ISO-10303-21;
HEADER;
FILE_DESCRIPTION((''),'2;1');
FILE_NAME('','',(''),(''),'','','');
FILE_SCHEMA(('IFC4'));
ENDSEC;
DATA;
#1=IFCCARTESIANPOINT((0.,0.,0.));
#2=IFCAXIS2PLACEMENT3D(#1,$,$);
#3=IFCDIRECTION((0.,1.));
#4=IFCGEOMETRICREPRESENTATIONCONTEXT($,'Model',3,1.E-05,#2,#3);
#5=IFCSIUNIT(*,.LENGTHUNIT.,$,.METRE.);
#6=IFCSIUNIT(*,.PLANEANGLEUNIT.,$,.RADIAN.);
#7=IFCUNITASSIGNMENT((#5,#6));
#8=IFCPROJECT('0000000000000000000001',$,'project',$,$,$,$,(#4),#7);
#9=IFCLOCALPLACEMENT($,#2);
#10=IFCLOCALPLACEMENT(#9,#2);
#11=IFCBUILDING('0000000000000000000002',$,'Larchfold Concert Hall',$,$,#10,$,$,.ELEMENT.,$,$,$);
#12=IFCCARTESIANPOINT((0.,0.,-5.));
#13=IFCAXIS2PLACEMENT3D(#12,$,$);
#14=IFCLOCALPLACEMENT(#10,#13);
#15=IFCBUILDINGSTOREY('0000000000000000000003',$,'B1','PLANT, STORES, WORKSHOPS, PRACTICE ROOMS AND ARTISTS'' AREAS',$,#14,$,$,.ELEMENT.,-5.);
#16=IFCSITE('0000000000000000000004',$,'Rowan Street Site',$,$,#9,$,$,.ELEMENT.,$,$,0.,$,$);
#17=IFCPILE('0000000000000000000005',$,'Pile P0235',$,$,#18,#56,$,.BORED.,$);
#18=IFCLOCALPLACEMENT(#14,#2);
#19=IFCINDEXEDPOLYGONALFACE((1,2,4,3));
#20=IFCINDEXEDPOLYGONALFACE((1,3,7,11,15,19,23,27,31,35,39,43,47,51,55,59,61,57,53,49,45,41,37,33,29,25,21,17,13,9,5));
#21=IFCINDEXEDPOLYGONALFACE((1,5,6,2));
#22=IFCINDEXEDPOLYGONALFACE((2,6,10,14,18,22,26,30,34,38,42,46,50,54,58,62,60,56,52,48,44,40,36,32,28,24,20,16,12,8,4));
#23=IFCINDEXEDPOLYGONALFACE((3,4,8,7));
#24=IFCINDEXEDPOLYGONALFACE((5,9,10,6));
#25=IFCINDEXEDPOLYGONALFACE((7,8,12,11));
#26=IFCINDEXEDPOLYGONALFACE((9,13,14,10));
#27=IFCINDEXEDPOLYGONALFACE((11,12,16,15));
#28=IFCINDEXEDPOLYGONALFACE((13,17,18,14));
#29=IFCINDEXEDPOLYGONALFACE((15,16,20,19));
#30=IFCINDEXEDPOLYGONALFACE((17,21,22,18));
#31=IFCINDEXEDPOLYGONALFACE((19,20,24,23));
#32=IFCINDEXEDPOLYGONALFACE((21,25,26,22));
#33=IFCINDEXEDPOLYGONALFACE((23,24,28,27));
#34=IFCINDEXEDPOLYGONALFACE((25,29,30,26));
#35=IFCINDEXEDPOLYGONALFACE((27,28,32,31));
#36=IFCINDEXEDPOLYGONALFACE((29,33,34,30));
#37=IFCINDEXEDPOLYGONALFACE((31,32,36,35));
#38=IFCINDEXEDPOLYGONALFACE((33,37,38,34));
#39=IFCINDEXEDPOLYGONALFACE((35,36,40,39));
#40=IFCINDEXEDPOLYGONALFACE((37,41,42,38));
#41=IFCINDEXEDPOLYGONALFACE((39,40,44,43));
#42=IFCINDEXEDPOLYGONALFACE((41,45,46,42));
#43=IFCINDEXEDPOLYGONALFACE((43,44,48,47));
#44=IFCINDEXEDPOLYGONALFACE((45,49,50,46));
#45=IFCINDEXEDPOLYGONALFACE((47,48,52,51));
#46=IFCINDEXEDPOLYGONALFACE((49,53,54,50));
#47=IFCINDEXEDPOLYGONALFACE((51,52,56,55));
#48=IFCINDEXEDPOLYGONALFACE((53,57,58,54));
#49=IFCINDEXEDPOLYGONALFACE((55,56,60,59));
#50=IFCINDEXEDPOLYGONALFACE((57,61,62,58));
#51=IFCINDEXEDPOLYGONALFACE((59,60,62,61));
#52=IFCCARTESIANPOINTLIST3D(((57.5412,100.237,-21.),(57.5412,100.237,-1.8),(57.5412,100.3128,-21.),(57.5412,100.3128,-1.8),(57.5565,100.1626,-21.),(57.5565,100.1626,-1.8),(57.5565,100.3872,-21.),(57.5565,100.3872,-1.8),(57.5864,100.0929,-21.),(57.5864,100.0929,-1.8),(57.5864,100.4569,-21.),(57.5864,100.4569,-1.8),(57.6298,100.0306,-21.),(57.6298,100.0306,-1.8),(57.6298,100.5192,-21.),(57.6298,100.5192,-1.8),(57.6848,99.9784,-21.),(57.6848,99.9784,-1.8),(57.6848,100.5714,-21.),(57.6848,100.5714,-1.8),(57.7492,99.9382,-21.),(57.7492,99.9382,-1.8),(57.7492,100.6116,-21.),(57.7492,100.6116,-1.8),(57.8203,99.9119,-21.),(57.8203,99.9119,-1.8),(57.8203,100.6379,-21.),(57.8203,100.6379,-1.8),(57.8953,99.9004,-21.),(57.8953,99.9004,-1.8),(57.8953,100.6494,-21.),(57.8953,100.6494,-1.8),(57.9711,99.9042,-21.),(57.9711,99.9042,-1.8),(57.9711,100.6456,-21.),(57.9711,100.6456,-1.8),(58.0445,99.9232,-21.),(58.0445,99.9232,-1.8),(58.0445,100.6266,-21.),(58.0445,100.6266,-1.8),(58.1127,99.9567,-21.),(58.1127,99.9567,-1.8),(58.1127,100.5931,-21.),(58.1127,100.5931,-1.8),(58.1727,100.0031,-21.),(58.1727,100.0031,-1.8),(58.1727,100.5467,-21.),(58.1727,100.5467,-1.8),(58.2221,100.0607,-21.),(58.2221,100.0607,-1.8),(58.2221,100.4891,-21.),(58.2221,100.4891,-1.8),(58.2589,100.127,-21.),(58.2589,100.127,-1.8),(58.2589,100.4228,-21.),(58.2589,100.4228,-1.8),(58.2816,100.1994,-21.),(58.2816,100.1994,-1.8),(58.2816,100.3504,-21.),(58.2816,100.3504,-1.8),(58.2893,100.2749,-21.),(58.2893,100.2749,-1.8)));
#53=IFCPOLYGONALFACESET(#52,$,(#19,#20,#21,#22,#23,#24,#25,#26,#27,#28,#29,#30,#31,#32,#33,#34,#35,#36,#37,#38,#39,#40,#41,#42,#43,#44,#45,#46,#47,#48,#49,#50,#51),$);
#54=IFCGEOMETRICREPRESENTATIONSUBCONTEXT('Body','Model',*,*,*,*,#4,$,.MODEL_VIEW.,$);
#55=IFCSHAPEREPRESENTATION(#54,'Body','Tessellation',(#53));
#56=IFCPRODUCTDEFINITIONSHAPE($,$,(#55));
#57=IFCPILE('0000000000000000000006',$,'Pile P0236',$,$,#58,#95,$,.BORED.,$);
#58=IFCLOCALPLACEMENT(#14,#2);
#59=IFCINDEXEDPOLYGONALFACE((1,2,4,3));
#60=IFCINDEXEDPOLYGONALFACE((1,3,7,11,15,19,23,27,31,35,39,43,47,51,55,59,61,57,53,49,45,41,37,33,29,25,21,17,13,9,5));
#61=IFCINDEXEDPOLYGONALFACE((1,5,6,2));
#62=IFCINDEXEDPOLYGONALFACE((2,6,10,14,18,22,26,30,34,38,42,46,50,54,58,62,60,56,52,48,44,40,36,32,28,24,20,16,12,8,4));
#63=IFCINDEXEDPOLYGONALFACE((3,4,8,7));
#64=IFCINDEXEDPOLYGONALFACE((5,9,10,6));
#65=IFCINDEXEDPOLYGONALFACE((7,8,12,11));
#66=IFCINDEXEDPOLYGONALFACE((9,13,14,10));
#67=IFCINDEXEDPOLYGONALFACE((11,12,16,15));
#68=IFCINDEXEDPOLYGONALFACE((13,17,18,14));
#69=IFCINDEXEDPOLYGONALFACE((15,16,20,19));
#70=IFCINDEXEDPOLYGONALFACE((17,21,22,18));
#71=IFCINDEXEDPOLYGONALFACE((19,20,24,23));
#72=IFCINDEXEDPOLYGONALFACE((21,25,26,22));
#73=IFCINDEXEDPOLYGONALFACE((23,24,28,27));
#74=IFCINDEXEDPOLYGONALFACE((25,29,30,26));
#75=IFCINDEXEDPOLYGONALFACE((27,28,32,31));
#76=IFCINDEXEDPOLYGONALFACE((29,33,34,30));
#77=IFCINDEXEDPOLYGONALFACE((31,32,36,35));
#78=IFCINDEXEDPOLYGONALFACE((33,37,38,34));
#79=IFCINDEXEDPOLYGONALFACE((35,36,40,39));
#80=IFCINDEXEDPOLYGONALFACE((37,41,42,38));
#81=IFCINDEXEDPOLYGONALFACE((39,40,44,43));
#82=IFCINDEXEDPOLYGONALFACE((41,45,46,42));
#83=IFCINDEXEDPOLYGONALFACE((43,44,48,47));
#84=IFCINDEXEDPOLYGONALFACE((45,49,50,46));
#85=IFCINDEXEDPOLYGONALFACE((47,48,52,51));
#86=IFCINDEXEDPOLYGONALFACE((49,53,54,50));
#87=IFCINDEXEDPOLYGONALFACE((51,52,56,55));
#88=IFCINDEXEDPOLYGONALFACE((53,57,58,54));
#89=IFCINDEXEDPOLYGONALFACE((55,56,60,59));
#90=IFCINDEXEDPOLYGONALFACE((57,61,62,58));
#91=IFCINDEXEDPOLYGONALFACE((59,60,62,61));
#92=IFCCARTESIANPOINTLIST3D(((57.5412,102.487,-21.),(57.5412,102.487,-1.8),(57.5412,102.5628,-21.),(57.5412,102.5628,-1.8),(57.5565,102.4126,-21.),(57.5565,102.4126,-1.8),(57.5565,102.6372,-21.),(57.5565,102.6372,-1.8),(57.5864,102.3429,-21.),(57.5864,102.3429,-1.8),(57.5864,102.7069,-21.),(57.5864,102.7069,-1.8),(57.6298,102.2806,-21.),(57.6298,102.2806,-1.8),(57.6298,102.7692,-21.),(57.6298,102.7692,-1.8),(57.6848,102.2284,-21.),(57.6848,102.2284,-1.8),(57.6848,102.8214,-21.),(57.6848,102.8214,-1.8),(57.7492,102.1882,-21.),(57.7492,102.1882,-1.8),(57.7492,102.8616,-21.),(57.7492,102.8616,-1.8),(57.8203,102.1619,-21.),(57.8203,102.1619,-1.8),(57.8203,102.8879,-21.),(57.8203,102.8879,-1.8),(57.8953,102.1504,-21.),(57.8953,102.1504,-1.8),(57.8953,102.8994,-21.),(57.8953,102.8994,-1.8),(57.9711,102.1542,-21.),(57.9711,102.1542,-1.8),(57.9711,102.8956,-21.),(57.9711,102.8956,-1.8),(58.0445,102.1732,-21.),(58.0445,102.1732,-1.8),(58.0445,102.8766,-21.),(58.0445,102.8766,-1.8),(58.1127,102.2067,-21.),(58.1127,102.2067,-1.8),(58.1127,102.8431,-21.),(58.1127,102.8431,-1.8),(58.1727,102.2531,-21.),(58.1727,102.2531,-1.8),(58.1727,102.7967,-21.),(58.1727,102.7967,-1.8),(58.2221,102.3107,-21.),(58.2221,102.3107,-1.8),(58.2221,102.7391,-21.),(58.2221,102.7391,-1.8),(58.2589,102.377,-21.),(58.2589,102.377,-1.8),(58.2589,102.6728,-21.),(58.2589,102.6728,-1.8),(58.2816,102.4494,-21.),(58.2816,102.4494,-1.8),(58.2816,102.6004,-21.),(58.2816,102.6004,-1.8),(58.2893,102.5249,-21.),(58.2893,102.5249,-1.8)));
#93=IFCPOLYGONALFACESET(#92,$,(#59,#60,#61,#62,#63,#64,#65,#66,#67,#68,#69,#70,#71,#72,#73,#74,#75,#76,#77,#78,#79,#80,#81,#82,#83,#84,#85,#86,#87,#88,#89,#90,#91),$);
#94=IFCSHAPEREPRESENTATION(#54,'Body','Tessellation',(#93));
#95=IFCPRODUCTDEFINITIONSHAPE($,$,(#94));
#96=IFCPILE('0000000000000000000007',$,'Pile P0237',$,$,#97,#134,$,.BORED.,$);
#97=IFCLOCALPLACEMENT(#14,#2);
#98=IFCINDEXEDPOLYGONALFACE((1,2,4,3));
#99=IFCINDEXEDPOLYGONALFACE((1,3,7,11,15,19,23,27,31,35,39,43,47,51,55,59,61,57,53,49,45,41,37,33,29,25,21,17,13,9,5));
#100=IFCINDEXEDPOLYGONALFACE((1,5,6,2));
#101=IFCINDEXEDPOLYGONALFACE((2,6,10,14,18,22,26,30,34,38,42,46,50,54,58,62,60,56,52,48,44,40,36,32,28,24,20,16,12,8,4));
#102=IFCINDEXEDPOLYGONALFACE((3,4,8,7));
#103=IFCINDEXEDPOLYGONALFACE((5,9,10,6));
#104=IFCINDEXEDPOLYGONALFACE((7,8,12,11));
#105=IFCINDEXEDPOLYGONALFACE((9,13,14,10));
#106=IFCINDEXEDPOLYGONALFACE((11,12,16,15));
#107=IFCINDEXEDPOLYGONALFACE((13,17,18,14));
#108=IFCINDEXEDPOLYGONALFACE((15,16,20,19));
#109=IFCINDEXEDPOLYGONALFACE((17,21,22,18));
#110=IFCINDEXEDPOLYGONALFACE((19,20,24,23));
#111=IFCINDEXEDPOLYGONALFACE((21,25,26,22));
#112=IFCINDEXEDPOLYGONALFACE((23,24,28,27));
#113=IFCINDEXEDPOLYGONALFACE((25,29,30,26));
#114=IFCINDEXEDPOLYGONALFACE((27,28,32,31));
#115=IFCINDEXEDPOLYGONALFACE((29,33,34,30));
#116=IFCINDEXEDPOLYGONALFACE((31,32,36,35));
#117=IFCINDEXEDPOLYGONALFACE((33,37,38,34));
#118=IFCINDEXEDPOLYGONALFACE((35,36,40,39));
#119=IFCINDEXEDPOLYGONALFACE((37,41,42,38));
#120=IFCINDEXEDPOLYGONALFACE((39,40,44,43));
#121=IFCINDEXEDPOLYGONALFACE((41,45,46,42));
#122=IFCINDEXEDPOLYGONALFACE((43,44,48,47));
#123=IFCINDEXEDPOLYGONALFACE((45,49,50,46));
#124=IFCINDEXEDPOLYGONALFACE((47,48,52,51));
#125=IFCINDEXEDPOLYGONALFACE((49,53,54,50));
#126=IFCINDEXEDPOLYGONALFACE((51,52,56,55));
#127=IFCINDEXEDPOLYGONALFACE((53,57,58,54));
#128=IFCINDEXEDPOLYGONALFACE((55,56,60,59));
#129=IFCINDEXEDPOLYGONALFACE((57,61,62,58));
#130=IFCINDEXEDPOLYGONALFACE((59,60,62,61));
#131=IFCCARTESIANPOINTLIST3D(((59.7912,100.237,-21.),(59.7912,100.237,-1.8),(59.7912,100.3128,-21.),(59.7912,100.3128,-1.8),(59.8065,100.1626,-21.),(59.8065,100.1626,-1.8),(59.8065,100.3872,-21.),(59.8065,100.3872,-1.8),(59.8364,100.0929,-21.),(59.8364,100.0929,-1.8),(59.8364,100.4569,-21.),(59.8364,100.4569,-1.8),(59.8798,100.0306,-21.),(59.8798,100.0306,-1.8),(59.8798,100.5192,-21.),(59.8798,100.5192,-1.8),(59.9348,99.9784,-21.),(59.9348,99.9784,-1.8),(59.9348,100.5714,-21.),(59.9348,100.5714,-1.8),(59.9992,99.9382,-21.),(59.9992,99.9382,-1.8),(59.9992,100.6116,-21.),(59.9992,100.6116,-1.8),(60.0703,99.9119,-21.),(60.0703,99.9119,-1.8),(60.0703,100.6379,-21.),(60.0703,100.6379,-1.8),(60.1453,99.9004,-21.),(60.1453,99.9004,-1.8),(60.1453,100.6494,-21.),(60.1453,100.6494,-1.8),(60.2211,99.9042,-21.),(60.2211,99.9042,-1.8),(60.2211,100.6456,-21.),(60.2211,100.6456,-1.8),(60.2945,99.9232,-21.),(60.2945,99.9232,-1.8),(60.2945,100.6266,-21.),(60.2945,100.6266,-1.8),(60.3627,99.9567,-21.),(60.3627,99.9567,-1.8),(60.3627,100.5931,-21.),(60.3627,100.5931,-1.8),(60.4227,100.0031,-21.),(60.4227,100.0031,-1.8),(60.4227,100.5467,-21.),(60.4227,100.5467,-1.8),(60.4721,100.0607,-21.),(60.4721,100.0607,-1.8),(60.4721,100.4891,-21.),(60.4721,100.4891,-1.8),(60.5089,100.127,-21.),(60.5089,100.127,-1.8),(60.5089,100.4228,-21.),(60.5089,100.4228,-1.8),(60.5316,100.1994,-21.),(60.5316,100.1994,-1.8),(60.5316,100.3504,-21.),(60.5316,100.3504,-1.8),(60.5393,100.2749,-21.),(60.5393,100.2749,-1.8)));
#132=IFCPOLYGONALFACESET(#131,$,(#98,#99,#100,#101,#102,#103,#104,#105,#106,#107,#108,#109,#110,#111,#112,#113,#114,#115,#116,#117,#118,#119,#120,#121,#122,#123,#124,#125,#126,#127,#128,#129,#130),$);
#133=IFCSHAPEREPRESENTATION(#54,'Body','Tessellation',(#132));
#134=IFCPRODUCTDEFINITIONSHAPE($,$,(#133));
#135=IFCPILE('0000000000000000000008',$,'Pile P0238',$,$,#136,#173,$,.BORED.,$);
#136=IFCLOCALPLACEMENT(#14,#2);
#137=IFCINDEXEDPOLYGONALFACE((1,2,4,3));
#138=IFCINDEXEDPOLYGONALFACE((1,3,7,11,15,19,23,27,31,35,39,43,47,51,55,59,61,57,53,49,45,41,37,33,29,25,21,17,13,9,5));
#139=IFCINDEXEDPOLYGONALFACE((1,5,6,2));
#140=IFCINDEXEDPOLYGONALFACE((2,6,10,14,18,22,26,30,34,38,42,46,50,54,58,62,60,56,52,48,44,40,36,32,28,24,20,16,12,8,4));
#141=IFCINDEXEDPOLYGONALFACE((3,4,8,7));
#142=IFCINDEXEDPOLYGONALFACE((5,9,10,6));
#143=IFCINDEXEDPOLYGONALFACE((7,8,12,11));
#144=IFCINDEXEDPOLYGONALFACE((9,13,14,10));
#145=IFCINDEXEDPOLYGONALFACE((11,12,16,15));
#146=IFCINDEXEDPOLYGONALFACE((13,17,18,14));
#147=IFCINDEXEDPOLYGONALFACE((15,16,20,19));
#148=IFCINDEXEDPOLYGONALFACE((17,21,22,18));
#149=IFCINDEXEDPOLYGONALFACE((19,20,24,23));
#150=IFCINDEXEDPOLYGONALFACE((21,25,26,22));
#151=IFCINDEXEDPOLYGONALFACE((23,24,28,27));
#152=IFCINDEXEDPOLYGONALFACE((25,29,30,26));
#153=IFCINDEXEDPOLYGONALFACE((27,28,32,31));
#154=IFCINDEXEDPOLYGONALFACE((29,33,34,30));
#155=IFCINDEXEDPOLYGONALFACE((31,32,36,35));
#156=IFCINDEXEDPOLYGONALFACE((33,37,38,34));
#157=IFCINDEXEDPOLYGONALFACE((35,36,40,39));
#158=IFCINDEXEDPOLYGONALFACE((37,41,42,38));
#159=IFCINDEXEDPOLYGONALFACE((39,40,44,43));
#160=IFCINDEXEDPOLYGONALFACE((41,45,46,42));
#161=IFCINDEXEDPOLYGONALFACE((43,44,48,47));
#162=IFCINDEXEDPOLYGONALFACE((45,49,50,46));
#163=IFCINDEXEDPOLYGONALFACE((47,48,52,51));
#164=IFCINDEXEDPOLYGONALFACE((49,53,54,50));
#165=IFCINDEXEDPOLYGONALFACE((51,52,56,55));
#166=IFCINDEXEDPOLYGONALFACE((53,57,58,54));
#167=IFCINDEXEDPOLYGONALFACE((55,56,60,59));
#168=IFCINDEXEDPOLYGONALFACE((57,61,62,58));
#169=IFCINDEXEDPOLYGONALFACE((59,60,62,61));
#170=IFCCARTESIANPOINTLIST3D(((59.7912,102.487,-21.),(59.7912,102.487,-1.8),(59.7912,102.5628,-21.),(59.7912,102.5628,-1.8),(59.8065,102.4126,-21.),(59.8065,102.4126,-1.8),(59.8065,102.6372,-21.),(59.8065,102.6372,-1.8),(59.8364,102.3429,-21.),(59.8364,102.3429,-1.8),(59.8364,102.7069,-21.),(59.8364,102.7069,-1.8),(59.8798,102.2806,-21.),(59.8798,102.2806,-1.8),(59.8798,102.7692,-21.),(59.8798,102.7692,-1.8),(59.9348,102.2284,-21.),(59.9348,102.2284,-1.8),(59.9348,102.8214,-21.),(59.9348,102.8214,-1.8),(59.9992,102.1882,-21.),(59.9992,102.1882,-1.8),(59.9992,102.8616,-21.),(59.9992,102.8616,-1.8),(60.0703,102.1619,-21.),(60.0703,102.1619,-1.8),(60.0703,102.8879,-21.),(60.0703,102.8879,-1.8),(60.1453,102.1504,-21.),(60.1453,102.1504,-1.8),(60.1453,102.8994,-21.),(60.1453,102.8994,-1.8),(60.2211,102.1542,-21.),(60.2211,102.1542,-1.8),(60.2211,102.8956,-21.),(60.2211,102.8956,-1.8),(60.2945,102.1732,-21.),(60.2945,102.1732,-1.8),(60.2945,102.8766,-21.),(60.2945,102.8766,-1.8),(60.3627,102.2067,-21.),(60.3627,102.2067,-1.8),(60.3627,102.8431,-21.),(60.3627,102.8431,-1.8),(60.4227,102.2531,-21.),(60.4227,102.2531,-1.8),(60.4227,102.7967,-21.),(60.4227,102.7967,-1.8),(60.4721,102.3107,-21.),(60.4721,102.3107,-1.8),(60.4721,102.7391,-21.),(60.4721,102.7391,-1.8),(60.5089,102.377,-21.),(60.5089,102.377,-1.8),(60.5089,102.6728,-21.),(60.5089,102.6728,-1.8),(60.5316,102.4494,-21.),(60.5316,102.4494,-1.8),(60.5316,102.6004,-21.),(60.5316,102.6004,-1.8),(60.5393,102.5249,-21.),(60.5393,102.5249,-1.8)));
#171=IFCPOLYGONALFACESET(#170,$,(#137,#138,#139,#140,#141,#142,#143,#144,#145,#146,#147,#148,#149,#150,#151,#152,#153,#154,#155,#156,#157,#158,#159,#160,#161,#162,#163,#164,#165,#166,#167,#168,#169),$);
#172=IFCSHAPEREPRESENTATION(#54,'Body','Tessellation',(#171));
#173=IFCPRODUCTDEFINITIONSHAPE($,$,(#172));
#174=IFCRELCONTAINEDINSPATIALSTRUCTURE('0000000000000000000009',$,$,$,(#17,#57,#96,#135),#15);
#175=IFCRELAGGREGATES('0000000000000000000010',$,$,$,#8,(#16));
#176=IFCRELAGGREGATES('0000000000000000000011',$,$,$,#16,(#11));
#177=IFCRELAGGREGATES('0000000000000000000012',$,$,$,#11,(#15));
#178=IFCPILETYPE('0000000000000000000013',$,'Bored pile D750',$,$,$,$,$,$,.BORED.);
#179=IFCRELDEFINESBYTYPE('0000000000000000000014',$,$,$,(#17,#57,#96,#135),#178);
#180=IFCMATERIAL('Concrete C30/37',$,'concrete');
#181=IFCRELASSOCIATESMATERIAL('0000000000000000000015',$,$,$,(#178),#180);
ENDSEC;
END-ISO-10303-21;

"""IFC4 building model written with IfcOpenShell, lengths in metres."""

from ifc_helpers import new_model, si_unit, direction, frame, origin, origin_2d, place, context, subcontext, project, spatial, circle, extrude, material, material_profile, profile_set, type_object, element, save


model = new_model("IFC4")

# Units and contexts
model_context = context("Model", 3, precision=1e-05, world=origin(), true_north=direction((0.0, 1.0)))
body_context = subcontext(model_context, "Body", "Model", "MODEL_VIEW")
ifc_project = project(units=[si_unit("LENGTHUNIT", "METRE"), si_unit("PLANEANGLEUNIT", "RADIAN")], contexts=[model_context])

# Site, building, storey
site_placement = place(None, origin())
site = spatial("IfcSite", under=ifc_project, at=site_placement, Name="Rowan Street Site", CompositionType="ELEMENT", RefElevation=0.0)
building_placement = place(site_placement, origin())
building = spatial("IfcBuilding", under=site, at=building_placement, Name="Larchfold Concert Hall", CompositionType="ELEMENT")
storey_placement = place(building_placement, frame((0.0, 0.0, -5.0)))
storey = spatial("IfcBuildingStorey", under=building, at=storey_placement, Name="B1", Description="PLANT, STORES, WORKSHOPS, PRACTICE ROOMS AND ARTISTS' AREAS", CompositionType="ELEMENT", Elevation=-5.0)

# Piles
ifc_material_1 = material(Name="Concrete C30/37", Category="concrete")
ifc_material_profile_1 = material_profile(ifc_material_1, circle(Radius=0.375, at=origin_2d()))
ifc_profile_set_1 = profile_set([ifc_material_profile_1], Name="Concrete C30/37")
pile_type_1 = type_object("IfcPileType", Name="Bored pile D750", PredefinedType="BORED", material=ifc_profile_set_1)
for number, where, z_axis, x_axis, name in (
    (1, (57.9143, 100.2749, -1.8), (0.0, 0.0, -1.0), (1.0, 0.0, 0.0), "Pile P0235"),
    (2, (57.9143, 102.5249, -1.8), (0.0, 0.0, -1.0), (1.0, 0.0, 0.0), "Pile P0236"),
    (3, (60.1643, 100.2749, -1.8), (0.0, 0.0, -1.0), (1.0, 0.0, 0.0), "Pile P0237"),
    (4, (60.1643, 102.5249, -1.8), (0.0, 0.0, -1.0), (1.0, 0.0, 0.0), "Pile P0238"),
):
    element("IfcPile", number, at=place(storey_placement, frame(where, z_axis=z_axis, x_axis=x_axis)), inside=storey, type_object=pile_type_1, Name=name, PredefinedType="BORED", context=body_context, shape_type="SweptSolid", body=[
        extrude(circle(Radius=0.375, at=origin_2d()), origin(), (0.0, 0.0, 1.0), 19.2),
    ])

save(model, "model.ifc")
